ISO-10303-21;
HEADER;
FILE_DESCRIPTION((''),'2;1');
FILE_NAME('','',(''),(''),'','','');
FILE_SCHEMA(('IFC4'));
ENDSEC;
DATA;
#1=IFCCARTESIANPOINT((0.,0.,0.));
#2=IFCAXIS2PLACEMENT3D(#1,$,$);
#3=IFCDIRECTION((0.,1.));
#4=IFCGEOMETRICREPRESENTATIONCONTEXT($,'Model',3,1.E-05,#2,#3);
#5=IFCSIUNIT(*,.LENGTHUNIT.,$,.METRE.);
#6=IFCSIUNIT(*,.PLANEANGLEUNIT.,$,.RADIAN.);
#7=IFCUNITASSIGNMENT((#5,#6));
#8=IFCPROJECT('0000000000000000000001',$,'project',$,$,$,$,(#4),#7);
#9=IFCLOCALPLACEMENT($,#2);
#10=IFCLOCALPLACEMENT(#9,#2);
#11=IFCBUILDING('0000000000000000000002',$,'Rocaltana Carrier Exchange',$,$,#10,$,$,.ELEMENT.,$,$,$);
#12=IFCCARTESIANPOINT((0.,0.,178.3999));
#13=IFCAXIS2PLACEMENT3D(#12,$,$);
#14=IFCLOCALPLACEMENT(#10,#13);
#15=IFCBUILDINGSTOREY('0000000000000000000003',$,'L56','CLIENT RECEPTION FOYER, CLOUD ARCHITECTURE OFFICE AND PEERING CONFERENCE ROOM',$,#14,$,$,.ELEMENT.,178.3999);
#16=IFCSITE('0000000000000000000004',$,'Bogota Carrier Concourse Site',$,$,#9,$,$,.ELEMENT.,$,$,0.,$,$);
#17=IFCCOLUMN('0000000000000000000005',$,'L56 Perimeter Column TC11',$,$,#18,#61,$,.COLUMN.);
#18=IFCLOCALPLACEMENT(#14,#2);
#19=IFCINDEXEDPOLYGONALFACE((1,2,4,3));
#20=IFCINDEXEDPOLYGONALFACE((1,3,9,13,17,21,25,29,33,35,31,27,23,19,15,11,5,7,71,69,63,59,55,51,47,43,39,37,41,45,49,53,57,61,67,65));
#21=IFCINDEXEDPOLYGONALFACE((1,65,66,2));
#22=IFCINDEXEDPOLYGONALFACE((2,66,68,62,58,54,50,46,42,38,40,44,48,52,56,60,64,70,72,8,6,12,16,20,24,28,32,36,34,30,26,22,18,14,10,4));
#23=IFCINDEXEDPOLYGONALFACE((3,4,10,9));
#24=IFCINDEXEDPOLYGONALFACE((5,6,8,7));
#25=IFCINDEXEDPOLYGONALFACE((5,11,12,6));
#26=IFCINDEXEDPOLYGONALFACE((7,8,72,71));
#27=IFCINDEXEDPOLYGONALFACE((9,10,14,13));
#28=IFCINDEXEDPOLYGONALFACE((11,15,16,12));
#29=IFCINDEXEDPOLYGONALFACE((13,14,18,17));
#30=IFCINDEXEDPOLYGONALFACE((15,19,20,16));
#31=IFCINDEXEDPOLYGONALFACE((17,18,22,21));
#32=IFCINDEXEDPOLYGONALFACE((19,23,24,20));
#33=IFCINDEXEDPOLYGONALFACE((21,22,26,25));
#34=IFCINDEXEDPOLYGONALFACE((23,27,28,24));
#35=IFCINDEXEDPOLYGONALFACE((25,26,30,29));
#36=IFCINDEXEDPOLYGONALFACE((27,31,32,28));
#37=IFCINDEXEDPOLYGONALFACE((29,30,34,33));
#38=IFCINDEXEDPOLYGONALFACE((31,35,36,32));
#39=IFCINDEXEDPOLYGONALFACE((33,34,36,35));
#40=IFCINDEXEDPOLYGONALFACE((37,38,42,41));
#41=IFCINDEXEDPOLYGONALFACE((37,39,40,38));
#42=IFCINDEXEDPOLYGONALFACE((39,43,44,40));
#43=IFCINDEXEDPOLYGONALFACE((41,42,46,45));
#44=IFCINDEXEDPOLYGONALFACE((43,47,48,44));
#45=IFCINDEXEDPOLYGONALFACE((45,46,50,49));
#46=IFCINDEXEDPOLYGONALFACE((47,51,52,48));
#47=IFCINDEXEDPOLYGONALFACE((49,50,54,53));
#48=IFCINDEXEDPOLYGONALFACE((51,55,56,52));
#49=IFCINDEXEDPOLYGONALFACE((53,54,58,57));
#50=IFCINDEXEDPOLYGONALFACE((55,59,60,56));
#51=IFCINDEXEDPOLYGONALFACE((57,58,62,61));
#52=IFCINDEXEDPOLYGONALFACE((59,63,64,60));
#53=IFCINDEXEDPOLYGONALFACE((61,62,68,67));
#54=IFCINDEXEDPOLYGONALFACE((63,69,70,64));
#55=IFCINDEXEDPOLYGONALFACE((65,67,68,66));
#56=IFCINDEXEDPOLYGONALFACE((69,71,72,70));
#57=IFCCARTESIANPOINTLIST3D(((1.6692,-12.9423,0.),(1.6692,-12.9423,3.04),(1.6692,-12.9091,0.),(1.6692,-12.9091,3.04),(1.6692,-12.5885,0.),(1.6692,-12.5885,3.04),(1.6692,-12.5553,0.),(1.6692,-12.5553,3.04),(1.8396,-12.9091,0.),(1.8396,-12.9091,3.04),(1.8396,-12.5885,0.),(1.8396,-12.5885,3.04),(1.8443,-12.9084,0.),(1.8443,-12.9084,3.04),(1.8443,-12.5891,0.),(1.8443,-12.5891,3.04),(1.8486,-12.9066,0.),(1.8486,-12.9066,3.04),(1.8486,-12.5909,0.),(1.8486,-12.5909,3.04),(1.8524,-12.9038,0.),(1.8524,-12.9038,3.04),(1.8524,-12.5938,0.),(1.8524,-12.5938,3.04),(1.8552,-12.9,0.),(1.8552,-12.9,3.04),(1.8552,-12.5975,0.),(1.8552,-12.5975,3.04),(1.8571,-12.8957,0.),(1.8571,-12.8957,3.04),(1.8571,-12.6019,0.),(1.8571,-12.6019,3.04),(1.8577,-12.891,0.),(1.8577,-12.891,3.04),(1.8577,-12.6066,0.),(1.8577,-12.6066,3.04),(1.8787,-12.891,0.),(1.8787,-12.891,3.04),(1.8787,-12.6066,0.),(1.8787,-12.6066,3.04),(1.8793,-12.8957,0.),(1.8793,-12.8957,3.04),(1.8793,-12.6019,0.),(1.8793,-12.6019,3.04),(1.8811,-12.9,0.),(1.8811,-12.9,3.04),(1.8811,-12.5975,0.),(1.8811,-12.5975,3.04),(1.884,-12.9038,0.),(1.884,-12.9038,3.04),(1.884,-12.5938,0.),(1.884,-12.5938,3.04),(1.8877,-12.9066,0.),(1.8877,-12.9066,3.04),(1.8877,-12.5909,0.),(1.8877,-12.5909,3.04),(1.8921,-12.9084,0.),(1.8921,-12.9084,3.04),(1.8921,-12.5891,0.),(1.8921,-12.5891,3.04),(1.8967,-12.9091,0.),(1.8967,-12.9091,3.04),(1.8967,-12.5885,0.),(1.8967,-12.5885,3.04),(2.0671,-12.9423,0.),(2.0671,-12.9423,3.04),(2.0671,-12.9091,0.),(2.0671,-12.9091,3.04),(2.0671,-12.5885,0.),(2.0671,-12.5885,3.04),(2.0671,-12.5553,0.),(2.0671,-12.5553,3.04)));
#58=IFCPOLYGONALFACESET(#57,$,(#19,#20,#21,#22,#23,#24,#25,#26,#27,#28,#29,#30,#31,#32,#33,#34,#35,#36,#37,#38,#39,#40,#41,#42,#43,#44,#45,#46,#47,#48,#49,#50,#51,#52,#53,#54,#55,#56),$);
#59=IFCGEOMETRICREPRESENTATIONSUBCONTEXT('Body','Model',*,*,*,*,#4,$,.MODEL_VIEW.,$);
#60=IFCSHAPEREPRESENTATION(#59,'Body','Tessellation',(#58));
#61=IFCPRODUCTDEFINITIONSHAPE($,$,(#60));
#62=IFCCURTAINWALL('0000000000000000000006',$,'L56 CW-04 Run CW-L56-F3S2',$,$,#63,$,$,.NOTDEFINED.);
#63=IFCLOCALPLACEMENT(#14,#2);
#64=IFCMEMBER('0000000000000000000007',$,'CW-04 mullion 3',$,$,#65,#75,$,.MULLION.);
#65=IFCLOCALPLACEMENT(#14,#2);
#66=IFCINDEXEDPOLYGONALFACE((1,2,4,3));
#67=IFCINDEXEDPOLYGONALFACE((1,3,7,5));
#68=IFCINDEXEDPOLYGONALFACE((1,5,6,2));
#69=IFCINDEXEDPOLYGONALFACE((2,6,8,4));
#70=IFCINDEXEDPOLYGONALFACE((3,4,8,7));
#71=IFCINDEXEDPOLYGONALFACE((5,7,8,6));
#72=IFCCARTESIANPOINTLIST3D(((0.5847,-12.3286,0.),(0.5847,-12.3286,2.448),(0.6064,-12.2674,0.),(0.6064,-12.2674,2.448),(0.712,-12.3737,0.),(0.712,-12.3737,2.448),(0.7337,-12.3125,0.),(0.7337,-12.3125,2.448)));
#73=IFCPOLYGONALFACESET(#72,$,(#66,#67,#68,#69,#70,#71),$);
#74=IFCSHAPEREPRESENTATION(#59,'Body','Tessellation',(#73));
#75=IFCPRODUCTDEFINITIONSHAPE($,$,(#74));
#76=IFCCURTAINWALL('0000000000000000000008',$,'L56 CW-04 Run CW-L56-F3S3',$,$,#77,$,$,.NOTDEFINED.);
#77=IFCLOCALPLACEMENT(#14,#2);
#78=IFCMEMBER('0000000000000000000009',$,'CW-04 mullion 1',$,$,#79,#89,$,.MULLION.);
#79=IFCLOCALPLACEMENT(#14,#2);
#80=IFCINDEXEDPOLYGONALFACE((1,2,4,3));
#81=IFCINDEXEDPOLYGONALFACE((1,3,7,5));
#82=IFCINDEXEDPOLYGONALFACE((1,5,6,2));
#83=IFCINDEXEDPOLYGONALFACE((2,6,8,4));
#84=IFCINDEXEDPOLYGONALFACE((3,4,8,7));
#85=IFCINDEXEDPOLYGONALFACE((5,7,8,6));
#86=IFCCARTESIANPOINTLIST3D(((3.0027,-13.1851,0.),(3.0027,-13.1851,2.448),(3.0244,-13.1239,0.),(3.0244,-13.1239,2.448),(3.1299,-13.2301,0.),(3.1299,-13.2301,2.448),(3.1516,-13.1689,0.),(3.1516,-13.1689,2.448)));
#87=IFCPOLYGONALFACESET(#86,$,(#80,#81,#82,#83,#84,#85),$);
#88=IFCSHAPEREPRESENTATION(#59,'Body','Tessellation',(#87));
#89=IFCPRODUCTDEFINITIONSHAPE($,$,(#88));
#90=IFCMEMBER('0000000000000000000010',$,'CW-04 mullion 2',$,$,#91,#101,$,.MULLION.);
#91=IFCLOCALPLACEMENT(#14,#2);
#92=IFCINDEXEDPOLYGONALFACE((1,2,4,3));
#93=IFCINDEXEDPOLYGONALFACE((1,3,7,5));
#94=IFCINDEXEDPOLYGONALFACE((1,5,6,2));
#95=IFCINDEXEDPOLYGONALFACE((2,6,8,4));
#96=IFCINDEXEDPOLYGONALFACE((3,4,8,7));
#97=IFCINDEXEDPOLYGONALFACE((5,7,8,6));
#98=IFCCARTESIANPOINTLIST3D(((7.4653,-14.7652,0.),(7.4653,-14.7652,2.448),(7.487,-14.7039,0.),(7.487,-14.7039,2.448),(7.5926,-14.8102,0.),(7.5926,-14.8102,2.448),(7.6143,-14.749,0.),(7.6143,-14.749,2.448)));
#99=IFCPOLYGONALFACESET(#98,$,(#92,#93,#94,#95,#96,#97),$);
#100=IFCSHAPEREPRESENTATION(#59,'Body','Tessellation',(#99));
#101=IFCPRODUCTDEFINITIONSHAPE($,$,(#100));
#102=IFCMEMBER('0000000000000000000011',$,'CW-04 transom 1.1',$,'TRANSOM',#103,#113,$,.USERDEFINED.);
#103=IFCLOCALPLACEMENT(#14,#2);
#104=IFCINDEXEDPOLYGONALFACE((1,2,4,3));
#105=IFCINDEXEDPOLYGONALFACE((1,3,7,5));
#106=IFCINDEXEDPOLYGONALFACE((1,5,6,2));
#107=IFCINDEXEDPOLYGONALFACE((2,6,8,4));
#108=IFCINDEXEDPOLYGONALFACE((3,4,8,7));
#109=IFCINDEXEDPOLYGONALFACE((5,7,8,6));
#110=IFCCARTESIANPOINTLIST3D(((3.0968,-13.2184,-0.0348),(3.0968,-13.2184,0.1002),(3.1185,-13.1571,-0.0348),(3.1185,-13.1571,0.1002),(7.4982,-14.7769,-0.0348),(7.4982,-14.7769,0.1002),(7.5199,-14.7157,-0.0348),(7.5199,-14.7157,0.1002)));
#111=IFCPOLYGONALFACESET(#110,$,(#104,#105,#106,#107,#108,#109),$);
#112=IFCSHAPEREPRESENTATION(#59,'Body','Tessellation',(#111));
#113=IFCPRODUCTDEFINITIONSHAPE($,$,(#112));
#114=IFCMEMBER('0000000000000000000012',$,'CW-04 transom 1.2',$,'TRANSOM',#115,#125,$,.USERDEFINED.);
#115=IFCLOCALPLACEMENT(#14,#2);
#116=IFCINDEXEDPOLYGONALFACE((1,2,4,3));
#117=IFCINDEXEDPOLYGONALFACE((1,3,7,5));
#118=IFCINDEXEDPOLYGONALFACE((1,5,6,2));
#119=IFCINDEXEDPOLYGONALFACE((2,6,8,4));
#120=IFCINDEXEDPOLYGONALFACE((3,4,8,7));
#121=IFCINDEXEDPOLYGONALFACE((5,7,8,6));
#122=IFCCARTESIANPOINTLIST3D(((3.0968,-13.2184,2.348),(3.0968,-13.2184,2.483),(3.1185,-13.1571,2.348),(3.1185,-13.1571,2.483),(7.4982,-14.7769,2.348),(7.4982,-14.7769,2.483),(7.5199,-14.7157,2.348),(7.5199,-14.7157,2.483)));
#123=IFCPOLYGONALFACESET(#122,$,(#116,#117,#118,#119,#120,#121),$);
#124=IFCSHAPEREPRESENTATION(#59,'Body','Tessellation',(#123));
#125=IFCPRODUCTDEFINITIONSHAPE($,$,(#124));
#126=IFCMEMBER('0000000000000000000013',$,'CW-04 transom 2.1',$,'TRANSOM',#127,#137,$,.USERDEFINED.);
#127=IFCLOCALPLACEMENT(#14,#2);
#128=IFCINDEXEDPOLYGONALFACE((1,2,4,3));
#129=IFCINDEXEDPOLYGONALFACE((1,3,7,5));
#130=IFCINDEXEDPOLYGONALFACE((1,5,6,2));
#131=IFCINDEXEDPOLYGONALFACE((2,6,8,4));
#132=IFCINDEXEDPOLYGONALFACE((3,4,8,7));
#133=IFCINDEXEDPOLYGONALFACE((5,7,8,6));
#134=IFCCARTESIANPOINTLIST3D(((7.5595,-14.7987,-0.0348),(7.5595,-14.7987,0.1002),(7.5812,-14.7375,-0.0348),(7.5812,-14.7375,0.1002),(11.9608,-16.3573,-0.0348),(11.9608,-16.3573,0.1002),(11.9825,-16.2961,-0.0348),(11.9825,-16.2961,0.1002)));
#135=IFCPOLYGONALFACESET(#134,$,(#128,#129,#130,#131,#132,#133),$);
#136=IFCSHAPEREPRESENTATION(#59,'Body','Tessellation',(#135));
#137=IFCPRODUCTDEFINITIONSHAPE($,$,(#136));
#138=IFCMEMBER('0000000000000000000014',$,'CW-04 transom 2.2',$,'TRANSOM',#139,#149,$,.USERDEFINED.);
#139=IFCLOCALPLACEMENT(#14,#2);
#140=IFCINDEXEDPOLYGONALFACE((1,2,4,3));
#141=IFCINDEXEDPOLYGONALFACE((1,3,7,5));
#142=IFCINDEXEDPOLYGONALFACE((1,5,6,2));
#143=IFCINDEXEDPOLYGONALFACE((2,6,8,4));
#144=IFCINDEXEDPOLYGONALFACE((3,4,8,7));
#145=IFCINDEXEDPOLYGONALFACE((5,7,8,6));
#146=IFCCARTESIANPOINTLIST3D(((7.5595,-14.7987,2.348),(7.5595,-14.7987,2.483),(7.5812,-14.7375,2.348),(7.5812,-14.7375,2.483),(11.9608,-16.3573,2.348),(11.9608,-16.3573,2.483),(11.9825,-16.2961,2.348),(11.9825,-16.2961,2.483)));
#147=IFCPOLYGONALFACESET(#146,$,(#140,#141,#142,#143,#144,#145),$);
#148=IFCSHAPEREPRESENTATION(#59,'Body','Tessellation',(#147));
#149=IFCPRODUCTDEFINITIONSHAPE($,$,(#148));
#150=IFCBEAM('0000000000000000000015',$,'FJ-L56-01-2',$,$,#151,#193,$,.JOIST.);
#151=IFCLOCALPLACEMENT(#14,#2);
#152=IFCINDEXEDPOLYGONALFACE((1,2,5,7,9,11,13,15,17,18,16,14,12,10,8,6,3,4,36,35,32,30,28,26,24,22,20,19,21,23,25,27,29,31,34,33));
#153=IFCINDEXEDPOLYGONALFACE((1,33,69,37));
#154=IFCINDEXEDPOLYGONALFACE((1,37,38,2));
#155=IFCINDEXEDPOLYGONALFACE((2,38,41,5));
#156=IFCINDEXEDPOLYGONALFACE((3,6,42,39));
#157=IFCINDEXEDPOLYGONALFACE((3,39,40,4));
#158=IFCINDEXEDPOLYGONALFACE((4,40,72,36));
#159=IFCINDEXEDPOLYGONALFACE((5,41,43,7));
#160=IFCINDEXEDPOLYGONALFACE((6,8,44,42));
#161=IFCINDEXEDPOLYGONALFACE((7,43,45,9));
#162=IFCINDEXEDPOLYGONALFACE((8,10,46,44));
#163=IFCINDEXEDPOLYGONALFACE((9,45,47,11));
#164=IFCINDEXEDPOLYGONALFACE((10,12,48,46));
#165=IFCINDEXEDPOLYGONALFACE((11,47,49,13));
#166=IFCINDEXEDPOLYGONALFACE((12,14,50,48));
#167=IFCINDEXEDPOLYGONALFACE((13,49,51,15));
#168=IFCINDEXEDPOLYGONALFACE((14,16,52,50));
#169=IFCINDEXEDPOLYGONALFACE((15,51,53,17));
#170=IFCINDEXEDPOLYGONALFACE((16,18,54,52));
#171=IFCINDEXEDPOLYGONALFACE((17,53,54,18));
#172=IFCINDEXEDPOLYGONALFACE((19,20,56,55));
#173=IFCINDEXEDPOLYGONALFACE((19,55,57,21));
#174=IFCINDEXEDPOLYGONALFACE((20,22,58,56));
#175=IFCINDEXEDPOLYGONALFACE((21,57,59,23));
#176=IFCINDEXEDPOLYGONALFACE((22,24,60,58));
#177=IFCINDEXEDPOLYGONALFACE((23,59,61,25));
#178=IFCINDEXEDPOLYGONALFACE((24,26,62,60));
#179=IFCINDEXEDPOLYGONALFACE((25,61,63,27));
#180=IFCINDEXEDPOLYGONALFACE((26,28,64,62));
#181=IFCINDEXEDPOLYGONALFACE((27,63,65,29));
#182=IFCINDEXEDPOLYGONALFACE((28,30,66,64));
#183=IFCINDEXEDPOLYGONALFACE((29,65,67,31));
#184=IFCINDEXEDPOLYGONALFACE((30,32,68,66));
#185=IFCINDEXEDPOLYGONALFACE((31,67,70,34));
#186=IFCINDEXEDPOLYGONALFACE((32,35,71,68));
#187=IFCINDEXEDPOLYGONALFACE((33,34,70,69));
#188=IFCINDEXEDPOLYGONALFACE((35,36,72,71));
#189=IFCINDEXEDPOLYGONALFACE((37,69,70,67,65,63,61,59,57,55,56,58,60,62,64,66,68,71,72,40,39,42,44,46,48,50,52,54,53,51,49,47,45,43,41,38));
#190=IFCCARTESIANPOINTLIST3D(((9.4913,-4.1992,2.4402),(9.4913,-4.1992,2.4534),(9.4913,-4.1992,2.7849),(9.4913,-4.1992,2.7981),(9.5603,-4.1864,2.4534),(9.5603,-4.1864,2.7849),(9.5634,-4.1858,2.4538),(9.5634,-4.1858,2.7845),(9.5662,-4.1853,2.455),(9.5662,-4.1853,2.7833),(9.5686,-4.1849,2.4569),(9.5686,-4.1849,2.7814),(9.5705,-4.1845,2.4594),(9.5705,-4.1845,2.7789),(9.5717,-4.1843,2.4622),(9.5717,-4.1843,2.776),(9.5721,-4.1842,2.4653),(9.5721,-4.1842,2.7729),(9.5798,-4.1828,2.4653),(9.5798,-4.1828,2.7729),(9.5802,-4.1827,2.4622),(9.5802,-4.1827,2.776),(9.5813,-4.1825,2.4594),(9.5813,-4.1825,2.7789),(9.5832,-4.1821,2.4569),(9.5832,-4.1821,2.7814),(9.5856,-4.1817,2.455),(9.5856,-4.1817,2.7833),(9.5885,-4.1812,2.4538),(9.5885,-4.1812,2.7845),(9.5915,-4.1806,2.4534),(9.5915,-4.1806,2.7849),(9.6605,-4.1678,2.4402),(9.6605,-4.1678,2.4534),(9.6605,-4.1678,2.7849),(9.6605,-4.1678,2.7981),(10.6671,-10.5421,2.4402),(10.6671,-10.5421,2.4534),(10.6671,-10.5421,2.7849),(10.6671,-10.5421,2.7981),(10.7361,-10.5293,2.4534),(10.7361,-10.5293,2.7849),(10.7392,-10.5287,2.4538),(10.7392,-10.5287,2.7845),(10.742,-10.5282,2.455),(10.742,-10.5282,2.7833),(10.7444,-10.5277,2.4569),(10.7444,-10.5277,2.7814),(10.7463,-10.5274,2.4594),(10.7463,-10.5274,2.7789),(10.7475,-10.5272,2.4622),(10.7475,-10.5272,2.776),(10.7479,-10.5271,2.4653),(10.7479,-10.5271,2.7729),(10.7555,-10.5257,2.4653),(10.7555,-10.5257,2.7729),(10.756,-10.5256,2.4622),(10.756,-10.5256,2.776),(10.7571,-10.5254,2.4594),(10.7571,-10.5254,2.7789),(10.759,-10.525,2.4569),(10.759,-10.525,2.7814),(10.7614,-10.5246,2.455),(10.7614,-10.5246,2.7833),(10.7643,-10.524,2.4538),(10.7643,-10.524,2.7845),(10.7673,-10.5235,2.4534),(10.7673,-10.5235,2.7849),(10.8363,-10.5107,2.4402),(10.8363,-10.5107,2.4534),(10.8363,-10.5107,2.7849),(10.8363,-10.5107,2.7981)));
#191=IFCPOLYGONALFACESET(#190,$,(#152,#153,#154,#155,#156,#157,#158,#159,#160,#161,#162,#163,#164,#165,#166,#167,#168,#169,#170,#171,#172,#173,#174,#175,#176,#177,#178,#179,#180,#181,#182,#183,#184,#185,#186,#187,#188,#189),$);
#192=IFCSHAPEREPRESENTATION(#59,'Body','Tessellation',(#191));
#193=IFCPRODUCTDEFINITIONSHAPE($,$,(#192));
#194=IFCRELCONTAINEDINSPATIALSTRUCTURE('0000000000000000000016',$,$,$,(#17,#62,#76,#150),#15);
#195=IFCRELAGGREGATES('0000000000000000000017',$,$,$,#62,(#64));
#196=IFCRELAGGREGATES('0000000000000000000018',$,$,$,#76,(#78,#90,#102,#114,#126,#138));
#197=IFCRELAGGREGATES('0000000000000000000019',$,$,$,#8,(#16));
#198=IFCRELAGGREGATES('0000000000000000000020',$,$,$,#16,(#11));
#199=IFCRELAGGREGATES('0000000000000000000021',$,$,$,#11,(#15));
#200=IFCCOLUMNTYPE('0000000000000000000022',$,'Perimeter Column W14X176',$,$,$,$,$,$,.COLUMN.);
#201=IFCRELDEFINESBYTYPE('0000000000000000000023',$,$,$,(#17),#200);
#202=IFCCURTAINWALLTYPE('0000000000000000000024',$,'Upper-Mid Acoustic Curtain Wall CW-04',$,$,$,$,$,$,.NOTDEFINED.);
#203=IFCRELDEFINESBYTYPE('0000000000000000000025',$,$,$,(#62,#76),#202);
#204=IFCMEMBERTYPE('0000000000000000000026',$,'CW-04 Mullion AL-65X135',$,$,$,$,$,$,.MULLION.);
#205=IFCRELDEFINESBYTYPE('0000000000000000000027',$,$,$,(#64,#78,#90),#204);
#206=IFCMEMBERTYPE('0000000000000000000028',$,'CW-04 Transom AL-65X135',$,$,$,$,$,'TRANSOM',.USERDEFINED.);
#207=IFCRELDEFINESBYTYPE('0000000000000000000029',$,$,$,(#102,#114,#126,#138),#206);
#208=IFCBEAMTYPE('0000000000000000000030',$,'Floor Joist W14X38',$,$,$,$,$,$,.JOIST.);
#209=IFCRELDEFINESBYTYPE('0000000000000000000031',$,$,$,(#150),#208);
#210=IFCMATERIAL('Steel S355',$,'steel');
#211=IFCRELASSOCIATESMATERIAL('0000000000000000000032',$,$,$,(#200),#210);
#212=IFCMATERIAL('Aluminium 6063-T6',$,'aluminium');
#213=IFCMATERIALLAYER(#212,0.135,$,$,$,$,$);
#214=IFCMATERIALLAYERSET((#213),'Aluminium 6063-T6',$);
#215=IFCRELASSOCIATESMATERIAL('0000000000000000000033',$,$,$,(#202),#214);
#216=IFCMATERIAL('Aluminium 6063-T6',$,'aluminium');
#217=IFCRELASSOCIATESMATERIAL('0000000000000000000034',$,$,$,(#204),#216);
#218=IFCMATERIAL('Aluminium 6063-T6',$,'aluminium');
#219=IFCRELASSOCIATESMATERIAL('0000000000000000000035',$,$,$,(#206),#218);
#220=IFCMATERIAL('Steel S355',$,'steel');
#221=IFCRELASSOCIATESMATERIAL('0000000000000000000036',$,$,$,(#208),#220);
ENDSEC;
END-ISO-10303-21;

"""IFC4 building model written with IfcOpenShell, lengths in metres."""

from ifc_helpers import new_model, si_unit, direction, frame, origin, origin_2d, place, context, subcontext, project, spatial, rectangle, i_section, extrude, material, layer, layer_set, material_profile, profile_set, type_object, element, aggregate, save


model = new_model("IFC4")

# Units and contexts
model_context = context("Model", 3, precision=1e-05, world=origin(), true_north=direction((0.0, 1.0)))
body_context = subcontext(model_context, "Body", "Model", "MODEL_VIEW")
ifc_project = project(units=[si_unit("LENGTHUNIT", "METRE"), si_unit("PLANEANGLEUNIT", "RADIAN")], contexts=[model_context])

# Site, building, storey
site_placement = place(None, origin())
site = spatial("IfcSite", under=ifc_project, at=site_placement, Name="Bogota Carrier Concourse Site", CompositionType="ELEMENT", RefElevation=0.0)
building_placement = place(site_placement, origin())
building = spatial("IfcBuilding", under=site, at=building_placement, Name="Rocaltana Carrier Exchange", CompositionType="ELEMENT")
storey_placement = place(building_placement, frame((0.0, 0.0, 178.3999)))
storey = spatial("IfcBuildingStorey", under=building, at=storey_placement, Name="L56", Description="CLIENT RECEPTION FOYER, CLOUD ARCHITECTURE OFFICE AND PEERING CONFERENCE ROOM", CompositionType="ELEMENT", Elevation=178.3999)

# Column
ifc_material_1 = material(Name="Steel S355", Category="steel")
ifc_material_profile_1 = material_profile(ifc_material_1, i_section(OverallWidth=0.3979, OverallDepth=0.387, WebThickness=0.021, FlangeThickness=0.0332, FilletRadius=0.0181, at=origin_2d()), Name="W14X176")
ifc_profile_set_1 = profile_set([ifc_material_profile_1], Name="Steel S355")
column_type = type_object("IfcColumnType", Name="Perimeter Column W14X176", PredefinedType="COLUMN", material=ifc_profile_set_1)
column_placement = place(storey_placement, frame((1.8682, -12.7488, 0.0), z_axis=(0.0, 0.0, 1.0), x_axis=(1.0, 0.0, 0.0)))
element("IfcColumn", 1, at=column_placement, inside=storey, type_object=column_type, Name="L56 Perimeter Column TC11", PredefinedType="COLUMN", context=body_context, shape_type="SweptSolid", body=[
    extrude(i_section(OverallWidth=0.3979, OverallDepth=0.387, WebThickness=0.021, FlangeThickness=0.0332, FilletRadius=0.0181, at=origin_2d()), origin(), (0.0, 0.0, 1.0), 3.04),
])

# Curtain wall, member
ifc_material_2 = material(Name="Aluminium 6063-T6", Category="aluminium")
ifc_layer_1 = layer(ifc_material_2, 0.135)
ifc_layer_set_1 = layer_set([ifc_layer_1], Name="Aluminium 6063-T6")
curtain_wall_type = type_object("IfcCurtainWallType", Name="Upper-Mid Acoustic Curtain Wall CW-04", PredefinedType="NOTDEFINED", material=ifc_layer_set_1)
curtain_wall_1_placement = place(storey_placement, origin())
curtain_wall_1 = element("IfcCurtainWall", 2, at=curtain_wall_1_placement, inside=storey, type_object=curtain_wall_type, Name="L56 CW-04 Run CW-L56-F3S2", PredefinedType="NOTDEFINED")
ifc_material_3 = material(Name="Aluminium 6063-T6", Category="aluminium")
ifc_material_profile_2 = material_profile(ifc_material_3, rectangle(XDim=0.0649, YDim=0.135, at=origin_2d()), Name="AL-65X135")
ifc_profile_set_2 = profile_set([ifc_material_profile_2], Name="Aluminium 6063-T6")
member_type_1 = type_object("IfcMemberType", Name="CW-04 Mullion AL-65X135", PredefinedType="MULLION", material=ifc_profile_set_2)
member_1_placement = place(storey_placement, frame((0.6592, -12.3206, 0.0), z_axis=(0.0, 0.0, 1.0), x_axis=(0.333799, 0.942644, 0.0)))
member_1 = element("IfcMember", 3, at=member_1_placement, type_object=member_type_1, Name="CW-04 mullion 3", PredefinedType="MULLION", context=body_context, shape_type="SweptSolid", body=[
    extrude(rectangle(XDim=0.0649, YDim=0.135, at=origin_2d()), origin(), (0.0, 0.0, 1.0), 2.448),
])
aggregate(curtain_wall_1, [member_1])

# Curtain wall, members
curtain_wall_2_placement = place(storey_placement, origin())
curtain_wall_2 = element("IfcCurtainWall", 4, at=curtain_wall_2_placement, inside=storey, type_object=curtain_wall_type, Name="L56 CW-04 Run CW-L56-F3S3", PredefinedType="NOTDEFINED")
member_2_placement = place(storey_placement, frame((3.0771, -13.177, 0.0), z_axis=(0.0, 0.0, 1.0), x_axis=(0.333799, 0.942644, 0.0)))
member_2 = element("IfcMember", 5, at=member_2_placement, type_object=member_type_1, Name="CW-04 mullion 1", PredefinedType="MULLION", context=body_context, shape_type="SweptSolid", body=[
    extrude(rectangle(XDim=0.0649, YDim=0.135, at=origin_2d()), origin(), (0.0, 0.0, 1.0), 2.448),
])
member_3_placement = place(storey_placement, frame((7.5398, -14.7571, 0.0), z_axis=(0.0, 0.0, 1.0), x_axis=(0.333799, 0.942644, 0.0)))
member_3 = element("IfcMember", 6, at=member_3_placement, type_object=member_type_1, Name="CW-04 mullion 2", PredefinedType="MULLION", context=body_context, shape_type="SweptSolid", body=[
    extrude(rectangle(XDim=0.0649, YDim=0.135, at=origin_2d()), origin(), (0.0, 0.0, 1.0), 2.448),
])
ifc_material_4 = material(Name="Aluminium 6063-T6", Category="aluminium")
ifc_material_profile_3 = material_profile(ifc_material_4, rectangle(XDim=0.0649, YDim=0.135, at=origin_2d()), Name="AL-65X135")
ifc_profile_set_3 = profile_set([ifc_material_profile_3], Name="Aluminium 6063-T6")
member_type_2 = type_object("IfcMemberType", Name="CW-04 Transom AL-65X135", ElementType="TRANSOM", PredefinedType="USERDEFINED", material=ifc_profile_set_3)
member_4_placement = place(storey_placement, frame((3.1077, -13.1877, 0.0327), z_axis=(0.942642, -0.333805, 0.0), x_axis=(0.333805, 0.942642, 0.0)))
member_4 = element("IfcMember", 7, at=member_4_placement, type_object=member_type_2, Name="CW-04 transom 1.1", ObjectType="TRANSOM", PredefinedType="USERDEFINED", context=body_context, shape_type="SweptSolid", body=[
    extrude(rectangle(XDim=0.0649, YDim=0.135, at=origin_2d()), origin(), (0.0, 0.0, 1.0), 4.6692),
])
member_5_placement = place(storey_placement, frame((3.1077, -13.1877, 2.4155), z_axis=(0.942642, -0.333805, 0.0), x_axis=(0.333805, 0.942642, 0.0)))
member_5 = element("IfcMember", 8, at=member_5_placement, type_object=member_type_2, Name="CW-04 transom 1.2", ObjectType="TRANSOM", PredefinedType="USERDEFINED", context=body_context, shape_type="SweptSolid", body=[
    extrude(rectangle(XDim=0.0649, YDim=0.135, at=origin_2d()), origin(), (0.0, 0.0, 1.0), 4.6692),
])
member_6_placement = place(storey_placement, frame((7.5703, -14.7681, 0.0327), z_axis=(0.942642, -0.333805, 0.0), x_axis=(0.333805, 0.942642, 0.0)))
member_6 = element("IfcMember", 9, at=member_6_placement, type_object=member_type_2, Name="CW-04 transom 2.1", ObjectType="TRANSOM", PredefinedType="USERDEFINED", context=body_context, shape_type="SweptSolid", body=[
    extrude(rectangle(XDim=0.0649, YDim=0.135, at=origin_2d()), origin(), (0.0, 0.0, 1.0), 4.6692),
])
member_7_placement = place(storey_placement, frame((7.5703, -14.7681, 2.4155), z_axis=(0.942642, -0.333805, 0.0), x_axis=(0.333805, 0.942642, 0.0)))
member_7 = element("IfcMember", 10, at=member_7_placement, type_object=member_type_2, Name="CW-04 transom 2.2", ObjectType="TRANSOM", PredefinedType="USERDEFINED", context=body_context, shape_type="SweptSolid", body=[
    extrude(rectangle(XDim=0.0649, YDim=0.135, at=origin_2d()), origin(), (0.0, 0.0, 1.0), 4.6692),
])

# Beam
ifc_material_5 = material(Name="Steel S355", Category="steel")
ifc_material_profile_4 = material_profile(ifc_material_5, i_section(OverallWidth=0.1721, OverallDepth=0.3579, WebThickness=0.0078, FlangeThickness=0.0132, FilletRadius=0.012, at=origin_2d()), Name="W14X38")
ifc_profile_set_4 = profile_set([ifc_material_profile_4], Name="Steel S355")
beam_type_1 = type_object("IfcBeamType", Name="Floor Joist W14X38", PredefinedType="JOIST", material=ifc_profile_set_4)
beam_1_placement = place(storey_placement, frame((10.7517, -10.5264, 2.6191), z_axis=(-0.182268, 0.983249, 0.0), x_axis=(-0.983249, -0.182268, 0.0)))
element("IfcBeam", 11, at=beam_1_placement, inside=storey, type_object=beam_type_1, Name="FJ-L56-01-2", PredefinedType="JOIST", context=body_context, shape_type="SweptSolid", body=[
    extrude(i_section(OverallWidth=0.1721, OverallDepth=0.3579, WebThickness=0.0078, FlangeThickness=0.0132, FilletRadius=0.012, at=origin_2d()), origin(), (0.0, 0.0, 1.0), 6.4509),
])

aggregate(curtain_wall_2, [member_2, member_3, member_4, member_5, member_6, member_7])

save(model, "model.ifc")
